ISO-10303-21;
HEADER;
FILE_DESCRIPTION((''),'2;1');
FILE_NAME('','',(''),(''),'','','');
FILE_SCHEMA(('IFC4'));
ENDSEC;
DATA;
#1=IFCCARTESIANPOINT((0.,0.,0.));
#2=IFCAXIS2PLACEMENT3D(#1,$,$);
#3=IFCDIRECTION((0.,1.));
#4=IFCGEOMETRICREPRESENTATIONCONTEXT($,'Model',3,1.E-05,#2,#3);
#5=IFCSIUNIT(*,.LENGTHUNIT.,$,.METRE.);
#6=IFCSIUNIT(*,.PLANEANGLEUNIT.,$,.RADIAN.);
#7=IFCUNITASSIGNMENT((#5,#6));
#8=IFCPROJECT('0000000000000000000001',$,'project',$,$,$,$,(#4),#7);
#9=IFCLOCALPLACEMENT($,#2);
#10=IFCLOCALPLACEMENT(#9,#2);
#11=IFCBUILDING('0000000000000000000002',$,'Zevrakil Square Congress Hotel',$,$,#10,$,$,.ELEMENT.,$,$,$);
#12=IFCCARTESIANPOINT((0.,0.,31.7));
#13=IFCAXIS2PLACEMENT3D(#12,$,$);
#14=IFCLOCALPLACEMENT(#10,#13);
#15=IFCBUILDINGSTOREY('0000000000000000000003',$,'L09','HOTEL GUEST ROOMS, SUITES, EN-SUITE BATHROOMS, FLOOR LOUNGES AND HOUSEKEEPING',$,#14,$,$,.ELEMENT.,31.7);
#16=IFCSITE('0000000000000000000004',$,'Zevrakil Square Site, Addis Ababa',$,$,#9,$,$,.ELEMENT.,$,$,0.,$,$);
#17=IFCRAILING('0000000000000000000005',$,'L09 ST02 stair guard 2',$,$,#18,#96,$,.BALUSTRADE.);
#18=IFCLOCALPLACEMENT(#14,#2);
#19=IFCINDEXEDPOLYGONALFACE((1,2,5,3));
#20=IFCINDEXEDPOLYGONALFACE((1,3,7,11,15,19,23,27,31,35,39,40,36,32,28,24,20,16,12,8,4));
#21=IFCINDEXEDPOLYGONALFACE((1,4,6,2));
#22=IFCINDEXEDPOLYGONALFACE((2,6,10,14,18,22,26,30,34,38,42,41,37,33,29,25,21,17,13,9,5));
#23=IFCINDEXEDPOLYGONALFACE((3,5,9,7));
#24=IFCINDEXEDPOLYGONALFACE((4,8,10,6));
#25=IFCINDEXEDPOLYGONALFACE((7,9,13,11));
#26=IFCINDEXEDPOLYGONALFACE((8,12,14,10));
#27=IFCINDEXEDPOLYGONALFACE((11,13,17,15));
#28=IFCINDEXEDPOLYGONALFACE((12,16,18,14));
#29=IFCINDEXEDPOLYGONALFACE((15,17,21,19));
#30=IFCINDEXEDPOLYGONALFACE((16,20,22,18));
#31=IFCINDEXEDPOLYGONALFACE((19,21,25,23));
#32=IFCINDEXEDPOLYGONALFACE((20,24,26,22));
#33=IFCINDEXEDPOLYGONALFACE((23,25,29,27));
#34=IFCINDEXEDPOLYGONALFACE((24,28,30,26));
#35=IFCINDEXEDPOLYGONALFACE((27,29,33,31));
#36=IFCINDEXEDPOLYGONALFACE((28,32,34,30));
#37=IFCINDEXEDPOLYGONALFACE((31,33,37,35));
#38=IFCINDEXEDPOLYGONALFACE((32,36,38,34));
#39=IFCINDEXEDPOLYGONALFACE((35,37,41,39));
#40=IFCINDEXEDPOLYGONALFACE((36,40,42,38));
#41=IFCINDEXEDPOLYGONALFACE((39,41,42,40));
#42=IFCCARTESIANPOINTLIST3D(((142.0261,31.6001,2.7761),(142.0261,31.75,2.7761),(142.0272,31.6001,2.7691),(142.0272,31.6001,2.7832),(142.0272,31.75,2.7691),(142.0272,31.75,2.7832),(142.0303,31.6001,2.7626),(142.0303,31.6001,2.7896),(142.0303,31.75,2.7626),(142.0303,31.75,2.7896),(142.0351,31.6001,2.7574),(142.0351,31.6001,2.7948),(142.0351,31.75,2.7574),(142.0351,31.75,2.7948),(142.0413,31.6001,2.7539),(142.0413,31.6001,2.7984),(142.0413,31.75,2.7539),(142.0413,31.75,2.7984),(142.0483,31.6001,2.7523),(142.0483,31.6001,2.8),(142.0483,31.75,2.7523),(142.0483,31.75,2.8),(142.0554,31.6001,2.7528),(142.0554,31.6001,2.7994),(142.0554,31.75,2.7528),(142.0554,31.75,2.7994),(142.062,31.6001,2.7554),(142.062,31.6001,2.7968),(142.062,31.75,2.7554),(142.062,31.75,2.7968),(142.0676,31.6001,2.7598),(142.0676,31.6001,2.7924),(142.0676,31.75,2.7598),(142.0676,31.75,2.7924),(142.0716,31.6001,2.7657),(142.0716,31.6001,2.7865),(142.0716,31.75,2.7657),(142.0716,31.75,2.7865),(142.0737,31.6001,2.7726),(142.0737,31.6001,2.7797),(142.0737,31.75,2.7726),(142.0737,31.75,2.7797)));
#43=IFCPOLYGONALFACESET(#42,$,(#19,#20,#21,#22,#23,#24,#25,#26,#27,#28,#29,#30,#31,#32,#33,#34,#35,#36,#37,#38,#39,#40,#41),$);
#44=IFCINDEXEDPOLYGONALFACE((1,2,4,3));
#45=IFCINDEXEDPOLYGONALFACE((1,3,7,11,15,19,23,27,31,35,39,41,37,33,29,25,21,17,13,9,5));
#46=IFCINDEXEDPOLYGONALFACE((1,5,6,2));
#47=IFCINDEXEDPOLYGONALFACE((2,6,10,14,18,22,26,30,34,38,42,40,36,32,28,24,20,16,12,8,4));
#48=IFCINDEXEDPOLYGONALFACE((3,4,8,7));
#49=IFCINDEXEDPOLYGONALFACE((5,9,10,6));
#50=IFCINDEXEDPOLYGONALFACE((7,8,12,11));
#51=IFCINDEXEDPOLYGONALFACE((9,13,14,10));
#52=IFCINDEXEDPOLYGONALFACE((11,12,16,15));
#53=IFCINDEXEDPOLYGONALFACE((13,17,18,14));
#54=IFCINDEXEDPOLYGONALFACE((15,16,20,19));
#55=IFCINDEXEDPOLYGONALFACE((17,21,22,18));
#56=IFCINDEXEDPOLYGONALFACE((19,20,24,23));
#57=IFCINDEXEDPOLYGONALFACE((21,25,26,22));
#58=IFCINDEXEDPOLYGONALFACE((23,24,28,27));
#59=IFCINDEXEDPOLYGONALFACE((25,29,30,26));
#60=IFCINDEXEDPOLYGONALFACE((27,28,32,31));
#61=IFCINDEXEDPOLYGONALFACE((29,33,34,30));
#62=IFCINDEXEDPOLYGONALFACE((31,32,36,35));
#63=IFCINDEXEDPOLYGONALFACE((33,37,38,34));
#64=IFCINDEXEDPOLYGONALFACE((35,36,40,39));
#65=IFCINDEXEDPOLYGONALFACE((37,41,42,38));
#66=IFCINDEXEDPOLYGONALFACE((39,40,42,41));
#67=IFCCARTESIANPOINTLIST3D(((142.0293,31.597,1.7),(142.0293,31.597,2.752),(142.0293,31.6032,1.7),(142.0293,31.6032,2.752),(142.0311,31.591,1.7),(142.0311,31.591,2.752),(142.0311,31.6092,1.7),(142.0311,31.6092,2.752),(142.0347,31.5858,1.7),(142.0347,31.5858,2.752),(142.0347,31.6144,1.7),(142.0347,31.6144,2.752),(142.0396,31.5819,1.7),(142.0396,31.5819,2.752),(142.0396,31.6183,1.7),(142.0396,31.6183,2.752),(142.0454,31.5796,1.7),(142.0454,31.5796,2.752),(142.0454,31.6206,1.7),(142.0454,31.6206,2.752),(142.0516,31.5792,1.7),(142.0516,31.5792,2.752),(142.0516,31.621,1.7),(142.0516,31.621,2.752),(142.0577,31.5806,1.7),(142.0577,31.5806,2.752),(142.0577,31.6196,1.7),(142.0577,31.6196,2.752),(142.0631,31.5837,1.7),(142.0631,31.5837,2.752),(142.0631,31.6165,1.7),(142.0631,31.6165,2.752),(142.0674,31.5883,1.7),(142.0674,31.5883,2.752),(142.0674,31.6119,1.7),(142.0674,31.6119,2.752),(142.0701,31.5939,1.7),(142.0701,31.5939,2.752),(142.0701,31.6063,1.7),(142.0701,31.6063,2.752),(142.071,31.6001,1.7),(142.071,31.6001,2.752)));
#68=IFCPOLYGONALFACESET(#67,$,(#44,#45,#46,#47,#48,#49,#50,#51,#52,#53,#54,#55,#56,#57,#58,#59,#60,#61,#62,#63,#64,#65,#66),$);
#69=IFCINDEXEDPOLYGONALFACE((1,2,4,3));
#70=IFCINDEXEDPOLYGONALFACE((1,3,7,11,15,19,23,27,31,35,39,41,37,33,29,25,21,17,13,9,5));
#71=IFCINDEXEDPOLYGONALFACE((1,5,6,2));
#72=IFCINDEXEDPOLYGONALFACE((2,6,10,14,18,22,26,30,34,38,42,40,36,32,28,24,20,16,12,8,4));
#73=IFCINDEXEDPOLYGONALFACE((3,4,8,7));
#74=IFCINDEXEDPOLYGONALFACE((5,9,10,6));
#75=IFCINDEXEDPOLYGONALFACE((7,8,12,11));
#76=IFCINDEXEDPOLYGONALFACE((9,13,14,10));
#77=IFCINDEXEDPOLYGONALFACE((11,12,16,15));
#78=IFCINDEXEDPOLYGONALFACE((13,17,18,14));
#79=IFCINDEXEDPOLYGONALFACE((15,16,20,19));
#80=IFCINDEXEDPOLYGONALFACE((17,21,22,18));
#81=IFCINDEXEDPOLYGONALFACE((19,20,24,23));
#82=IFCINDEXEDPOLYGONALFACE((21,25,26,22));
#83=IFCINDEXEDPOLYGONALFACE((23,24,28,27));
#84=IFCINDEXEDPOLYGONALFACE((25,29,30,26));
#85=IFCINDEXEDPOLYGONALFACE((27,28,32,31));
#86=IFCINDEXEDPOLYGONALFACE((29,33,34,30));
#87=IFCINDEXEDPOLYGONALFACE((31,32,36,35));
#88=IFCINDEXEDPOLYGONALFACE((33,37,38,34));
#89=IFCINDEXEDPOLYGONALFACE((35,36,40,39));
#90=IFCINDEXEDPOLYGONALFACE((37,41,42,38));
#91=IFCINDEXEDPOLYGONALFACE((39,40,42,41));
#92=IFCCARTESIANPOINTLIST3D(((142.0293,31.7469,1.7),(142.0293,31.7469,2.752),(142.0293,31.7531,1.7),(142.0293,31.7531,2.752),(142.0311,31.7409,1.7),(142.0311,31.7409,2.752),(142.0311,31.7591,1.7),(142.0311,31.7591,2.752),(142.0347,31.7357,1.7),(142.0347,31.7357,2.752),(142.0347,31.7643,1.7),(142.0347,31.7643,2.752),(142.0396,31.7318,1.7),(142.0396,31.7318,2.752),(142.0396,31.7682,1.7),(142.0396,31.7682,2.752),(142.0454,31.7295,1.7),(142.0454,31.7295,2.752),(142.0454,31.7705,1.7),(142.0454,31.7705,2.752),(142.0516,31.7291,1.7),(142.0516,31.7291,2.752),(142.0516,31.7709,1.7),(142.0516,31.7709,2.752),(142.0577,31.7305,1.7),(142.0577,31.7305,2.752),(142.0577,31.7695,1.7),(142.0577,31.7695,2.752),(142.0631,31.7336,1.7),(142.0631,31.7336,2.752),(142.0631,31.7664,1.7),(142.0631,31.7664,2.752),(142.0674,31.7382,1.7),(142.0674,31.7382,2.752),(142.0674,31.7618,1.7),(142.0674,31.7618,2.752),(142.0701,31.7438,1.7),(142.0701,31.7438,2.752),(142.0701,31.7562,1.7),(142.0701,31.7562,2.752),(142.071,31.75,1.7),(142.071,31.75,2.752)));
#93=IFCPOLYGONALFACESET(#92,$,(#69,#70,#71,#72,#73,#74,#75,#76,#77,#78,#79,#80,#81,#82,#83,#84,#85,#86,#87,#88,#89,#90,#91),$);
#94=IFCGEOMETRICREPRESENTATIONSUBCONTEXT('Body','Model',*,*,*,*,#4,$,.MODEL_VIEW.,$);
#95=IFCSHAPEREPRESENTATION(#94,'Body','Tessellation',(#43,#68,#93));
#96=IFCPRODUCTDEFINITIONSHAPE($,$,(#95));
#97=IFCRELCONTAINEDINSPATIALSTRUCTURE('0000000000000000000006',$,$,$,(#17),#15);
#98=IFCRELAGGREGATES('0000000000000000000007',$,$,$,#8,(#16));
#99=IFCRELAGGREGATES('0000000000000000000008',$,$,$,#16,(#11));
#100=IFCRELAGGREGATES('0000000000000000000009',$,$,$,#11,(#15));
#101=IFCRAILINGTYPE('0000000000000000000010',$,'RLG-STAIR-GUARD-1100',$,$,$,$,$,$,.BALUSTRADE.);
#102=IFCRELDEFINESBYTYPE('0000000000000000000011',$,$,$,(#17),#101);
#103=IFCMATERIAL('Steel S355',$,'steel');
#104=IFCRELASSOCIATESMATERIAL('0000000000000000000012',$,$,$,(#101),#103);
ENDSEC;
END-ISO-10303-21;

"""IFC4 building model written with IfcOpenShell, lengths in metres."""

from ifc_helpers import new_model, si_unit, direction, frame, origin, origin_2d, place, context, subcontext, project, spatial, circle, extrude, material, type_object, element, save


model = new_model("IFC4")

# Units and contexts
model_context = context("Model", 3, precision=1e-05, world=origin(), true_north=direction((0.0, 1.0)))
body_context = subcontext(model_context, "Body", "Model", "MODEL_VIEW")
ifc_project = project(units=[si_unit("LENGTHUNIT", "METRE"), si_unit("PLANEANGLEUNIT", "RADIAN")], contexts=[model_context])

# Site, building, storey
site_placement = place(None, origin())
site = spatial("IfcSite", under=ifc_project, at=site_placement, Name="Zevrakil Square Site, Addis Ababa", CompositionType="ELEMENT", RefElevation=0.0)
building_placement = place(site_placement, origin())
building = spatial("IfcBuilding", under=site, at=building_placement, Name="Zevrakil Square Congress Hotel", CompositionType="ELEMENT")
storey_placement = place(building_placement, frame((0.0, 0.0, 31.7)))
storey = spatial("IfcBuildingStorey", under=building, at=storey_placement, Name="L09", Description="HOTEL GUEST ROOMS, SUITES, EN-SUITE BATHROOMS, FLOOR LOUNGES AND HOUSEKEEPING", CompositionType="ELEMENT", Elevation=31.7)

# Railing
ifc_material_1 = material(Name="Steel S355", Category="steel")
railing_type_1 = type_object("IfcRailingType", Name="RLG-STAIR-GUARD-1100", PredefinedType="BALUSTRADE", material=ifc_material_1)
railing_1_placement = place(storey_placement, frame((142.05, 31.6001, 1.7)))
element("IfcRailing", 1, at=railing_1_placement, inside=storey, type_object=railing_type_1, Name="L09 ST02 stair guard 2", PredefinedType="BALUSTRADE", context=body_context, shape_type="SweptSolid", body=[
    extrude(circle(Radius=0.0239, at=origin_2d()), frame((0.0, 0.0, 1.0762), z_axis=(0.0, 1.0, 0.0), x_axis=(-1.0, 0.0, 0.0)), (0.0, 0.0, 1.0), 0.1499),
    extrude(circle(Radius=0.021, at=origin_2d()), origin(), (0.0, 0.0, 1.0), 1.052),
    extrude(circle(Radius=0.021, at=origin_2d()), frame((0.0, 0.1499, 0.0)), (0.0, 0.0, 1.0), 1.052),
])

save(model, "model.ifc")
